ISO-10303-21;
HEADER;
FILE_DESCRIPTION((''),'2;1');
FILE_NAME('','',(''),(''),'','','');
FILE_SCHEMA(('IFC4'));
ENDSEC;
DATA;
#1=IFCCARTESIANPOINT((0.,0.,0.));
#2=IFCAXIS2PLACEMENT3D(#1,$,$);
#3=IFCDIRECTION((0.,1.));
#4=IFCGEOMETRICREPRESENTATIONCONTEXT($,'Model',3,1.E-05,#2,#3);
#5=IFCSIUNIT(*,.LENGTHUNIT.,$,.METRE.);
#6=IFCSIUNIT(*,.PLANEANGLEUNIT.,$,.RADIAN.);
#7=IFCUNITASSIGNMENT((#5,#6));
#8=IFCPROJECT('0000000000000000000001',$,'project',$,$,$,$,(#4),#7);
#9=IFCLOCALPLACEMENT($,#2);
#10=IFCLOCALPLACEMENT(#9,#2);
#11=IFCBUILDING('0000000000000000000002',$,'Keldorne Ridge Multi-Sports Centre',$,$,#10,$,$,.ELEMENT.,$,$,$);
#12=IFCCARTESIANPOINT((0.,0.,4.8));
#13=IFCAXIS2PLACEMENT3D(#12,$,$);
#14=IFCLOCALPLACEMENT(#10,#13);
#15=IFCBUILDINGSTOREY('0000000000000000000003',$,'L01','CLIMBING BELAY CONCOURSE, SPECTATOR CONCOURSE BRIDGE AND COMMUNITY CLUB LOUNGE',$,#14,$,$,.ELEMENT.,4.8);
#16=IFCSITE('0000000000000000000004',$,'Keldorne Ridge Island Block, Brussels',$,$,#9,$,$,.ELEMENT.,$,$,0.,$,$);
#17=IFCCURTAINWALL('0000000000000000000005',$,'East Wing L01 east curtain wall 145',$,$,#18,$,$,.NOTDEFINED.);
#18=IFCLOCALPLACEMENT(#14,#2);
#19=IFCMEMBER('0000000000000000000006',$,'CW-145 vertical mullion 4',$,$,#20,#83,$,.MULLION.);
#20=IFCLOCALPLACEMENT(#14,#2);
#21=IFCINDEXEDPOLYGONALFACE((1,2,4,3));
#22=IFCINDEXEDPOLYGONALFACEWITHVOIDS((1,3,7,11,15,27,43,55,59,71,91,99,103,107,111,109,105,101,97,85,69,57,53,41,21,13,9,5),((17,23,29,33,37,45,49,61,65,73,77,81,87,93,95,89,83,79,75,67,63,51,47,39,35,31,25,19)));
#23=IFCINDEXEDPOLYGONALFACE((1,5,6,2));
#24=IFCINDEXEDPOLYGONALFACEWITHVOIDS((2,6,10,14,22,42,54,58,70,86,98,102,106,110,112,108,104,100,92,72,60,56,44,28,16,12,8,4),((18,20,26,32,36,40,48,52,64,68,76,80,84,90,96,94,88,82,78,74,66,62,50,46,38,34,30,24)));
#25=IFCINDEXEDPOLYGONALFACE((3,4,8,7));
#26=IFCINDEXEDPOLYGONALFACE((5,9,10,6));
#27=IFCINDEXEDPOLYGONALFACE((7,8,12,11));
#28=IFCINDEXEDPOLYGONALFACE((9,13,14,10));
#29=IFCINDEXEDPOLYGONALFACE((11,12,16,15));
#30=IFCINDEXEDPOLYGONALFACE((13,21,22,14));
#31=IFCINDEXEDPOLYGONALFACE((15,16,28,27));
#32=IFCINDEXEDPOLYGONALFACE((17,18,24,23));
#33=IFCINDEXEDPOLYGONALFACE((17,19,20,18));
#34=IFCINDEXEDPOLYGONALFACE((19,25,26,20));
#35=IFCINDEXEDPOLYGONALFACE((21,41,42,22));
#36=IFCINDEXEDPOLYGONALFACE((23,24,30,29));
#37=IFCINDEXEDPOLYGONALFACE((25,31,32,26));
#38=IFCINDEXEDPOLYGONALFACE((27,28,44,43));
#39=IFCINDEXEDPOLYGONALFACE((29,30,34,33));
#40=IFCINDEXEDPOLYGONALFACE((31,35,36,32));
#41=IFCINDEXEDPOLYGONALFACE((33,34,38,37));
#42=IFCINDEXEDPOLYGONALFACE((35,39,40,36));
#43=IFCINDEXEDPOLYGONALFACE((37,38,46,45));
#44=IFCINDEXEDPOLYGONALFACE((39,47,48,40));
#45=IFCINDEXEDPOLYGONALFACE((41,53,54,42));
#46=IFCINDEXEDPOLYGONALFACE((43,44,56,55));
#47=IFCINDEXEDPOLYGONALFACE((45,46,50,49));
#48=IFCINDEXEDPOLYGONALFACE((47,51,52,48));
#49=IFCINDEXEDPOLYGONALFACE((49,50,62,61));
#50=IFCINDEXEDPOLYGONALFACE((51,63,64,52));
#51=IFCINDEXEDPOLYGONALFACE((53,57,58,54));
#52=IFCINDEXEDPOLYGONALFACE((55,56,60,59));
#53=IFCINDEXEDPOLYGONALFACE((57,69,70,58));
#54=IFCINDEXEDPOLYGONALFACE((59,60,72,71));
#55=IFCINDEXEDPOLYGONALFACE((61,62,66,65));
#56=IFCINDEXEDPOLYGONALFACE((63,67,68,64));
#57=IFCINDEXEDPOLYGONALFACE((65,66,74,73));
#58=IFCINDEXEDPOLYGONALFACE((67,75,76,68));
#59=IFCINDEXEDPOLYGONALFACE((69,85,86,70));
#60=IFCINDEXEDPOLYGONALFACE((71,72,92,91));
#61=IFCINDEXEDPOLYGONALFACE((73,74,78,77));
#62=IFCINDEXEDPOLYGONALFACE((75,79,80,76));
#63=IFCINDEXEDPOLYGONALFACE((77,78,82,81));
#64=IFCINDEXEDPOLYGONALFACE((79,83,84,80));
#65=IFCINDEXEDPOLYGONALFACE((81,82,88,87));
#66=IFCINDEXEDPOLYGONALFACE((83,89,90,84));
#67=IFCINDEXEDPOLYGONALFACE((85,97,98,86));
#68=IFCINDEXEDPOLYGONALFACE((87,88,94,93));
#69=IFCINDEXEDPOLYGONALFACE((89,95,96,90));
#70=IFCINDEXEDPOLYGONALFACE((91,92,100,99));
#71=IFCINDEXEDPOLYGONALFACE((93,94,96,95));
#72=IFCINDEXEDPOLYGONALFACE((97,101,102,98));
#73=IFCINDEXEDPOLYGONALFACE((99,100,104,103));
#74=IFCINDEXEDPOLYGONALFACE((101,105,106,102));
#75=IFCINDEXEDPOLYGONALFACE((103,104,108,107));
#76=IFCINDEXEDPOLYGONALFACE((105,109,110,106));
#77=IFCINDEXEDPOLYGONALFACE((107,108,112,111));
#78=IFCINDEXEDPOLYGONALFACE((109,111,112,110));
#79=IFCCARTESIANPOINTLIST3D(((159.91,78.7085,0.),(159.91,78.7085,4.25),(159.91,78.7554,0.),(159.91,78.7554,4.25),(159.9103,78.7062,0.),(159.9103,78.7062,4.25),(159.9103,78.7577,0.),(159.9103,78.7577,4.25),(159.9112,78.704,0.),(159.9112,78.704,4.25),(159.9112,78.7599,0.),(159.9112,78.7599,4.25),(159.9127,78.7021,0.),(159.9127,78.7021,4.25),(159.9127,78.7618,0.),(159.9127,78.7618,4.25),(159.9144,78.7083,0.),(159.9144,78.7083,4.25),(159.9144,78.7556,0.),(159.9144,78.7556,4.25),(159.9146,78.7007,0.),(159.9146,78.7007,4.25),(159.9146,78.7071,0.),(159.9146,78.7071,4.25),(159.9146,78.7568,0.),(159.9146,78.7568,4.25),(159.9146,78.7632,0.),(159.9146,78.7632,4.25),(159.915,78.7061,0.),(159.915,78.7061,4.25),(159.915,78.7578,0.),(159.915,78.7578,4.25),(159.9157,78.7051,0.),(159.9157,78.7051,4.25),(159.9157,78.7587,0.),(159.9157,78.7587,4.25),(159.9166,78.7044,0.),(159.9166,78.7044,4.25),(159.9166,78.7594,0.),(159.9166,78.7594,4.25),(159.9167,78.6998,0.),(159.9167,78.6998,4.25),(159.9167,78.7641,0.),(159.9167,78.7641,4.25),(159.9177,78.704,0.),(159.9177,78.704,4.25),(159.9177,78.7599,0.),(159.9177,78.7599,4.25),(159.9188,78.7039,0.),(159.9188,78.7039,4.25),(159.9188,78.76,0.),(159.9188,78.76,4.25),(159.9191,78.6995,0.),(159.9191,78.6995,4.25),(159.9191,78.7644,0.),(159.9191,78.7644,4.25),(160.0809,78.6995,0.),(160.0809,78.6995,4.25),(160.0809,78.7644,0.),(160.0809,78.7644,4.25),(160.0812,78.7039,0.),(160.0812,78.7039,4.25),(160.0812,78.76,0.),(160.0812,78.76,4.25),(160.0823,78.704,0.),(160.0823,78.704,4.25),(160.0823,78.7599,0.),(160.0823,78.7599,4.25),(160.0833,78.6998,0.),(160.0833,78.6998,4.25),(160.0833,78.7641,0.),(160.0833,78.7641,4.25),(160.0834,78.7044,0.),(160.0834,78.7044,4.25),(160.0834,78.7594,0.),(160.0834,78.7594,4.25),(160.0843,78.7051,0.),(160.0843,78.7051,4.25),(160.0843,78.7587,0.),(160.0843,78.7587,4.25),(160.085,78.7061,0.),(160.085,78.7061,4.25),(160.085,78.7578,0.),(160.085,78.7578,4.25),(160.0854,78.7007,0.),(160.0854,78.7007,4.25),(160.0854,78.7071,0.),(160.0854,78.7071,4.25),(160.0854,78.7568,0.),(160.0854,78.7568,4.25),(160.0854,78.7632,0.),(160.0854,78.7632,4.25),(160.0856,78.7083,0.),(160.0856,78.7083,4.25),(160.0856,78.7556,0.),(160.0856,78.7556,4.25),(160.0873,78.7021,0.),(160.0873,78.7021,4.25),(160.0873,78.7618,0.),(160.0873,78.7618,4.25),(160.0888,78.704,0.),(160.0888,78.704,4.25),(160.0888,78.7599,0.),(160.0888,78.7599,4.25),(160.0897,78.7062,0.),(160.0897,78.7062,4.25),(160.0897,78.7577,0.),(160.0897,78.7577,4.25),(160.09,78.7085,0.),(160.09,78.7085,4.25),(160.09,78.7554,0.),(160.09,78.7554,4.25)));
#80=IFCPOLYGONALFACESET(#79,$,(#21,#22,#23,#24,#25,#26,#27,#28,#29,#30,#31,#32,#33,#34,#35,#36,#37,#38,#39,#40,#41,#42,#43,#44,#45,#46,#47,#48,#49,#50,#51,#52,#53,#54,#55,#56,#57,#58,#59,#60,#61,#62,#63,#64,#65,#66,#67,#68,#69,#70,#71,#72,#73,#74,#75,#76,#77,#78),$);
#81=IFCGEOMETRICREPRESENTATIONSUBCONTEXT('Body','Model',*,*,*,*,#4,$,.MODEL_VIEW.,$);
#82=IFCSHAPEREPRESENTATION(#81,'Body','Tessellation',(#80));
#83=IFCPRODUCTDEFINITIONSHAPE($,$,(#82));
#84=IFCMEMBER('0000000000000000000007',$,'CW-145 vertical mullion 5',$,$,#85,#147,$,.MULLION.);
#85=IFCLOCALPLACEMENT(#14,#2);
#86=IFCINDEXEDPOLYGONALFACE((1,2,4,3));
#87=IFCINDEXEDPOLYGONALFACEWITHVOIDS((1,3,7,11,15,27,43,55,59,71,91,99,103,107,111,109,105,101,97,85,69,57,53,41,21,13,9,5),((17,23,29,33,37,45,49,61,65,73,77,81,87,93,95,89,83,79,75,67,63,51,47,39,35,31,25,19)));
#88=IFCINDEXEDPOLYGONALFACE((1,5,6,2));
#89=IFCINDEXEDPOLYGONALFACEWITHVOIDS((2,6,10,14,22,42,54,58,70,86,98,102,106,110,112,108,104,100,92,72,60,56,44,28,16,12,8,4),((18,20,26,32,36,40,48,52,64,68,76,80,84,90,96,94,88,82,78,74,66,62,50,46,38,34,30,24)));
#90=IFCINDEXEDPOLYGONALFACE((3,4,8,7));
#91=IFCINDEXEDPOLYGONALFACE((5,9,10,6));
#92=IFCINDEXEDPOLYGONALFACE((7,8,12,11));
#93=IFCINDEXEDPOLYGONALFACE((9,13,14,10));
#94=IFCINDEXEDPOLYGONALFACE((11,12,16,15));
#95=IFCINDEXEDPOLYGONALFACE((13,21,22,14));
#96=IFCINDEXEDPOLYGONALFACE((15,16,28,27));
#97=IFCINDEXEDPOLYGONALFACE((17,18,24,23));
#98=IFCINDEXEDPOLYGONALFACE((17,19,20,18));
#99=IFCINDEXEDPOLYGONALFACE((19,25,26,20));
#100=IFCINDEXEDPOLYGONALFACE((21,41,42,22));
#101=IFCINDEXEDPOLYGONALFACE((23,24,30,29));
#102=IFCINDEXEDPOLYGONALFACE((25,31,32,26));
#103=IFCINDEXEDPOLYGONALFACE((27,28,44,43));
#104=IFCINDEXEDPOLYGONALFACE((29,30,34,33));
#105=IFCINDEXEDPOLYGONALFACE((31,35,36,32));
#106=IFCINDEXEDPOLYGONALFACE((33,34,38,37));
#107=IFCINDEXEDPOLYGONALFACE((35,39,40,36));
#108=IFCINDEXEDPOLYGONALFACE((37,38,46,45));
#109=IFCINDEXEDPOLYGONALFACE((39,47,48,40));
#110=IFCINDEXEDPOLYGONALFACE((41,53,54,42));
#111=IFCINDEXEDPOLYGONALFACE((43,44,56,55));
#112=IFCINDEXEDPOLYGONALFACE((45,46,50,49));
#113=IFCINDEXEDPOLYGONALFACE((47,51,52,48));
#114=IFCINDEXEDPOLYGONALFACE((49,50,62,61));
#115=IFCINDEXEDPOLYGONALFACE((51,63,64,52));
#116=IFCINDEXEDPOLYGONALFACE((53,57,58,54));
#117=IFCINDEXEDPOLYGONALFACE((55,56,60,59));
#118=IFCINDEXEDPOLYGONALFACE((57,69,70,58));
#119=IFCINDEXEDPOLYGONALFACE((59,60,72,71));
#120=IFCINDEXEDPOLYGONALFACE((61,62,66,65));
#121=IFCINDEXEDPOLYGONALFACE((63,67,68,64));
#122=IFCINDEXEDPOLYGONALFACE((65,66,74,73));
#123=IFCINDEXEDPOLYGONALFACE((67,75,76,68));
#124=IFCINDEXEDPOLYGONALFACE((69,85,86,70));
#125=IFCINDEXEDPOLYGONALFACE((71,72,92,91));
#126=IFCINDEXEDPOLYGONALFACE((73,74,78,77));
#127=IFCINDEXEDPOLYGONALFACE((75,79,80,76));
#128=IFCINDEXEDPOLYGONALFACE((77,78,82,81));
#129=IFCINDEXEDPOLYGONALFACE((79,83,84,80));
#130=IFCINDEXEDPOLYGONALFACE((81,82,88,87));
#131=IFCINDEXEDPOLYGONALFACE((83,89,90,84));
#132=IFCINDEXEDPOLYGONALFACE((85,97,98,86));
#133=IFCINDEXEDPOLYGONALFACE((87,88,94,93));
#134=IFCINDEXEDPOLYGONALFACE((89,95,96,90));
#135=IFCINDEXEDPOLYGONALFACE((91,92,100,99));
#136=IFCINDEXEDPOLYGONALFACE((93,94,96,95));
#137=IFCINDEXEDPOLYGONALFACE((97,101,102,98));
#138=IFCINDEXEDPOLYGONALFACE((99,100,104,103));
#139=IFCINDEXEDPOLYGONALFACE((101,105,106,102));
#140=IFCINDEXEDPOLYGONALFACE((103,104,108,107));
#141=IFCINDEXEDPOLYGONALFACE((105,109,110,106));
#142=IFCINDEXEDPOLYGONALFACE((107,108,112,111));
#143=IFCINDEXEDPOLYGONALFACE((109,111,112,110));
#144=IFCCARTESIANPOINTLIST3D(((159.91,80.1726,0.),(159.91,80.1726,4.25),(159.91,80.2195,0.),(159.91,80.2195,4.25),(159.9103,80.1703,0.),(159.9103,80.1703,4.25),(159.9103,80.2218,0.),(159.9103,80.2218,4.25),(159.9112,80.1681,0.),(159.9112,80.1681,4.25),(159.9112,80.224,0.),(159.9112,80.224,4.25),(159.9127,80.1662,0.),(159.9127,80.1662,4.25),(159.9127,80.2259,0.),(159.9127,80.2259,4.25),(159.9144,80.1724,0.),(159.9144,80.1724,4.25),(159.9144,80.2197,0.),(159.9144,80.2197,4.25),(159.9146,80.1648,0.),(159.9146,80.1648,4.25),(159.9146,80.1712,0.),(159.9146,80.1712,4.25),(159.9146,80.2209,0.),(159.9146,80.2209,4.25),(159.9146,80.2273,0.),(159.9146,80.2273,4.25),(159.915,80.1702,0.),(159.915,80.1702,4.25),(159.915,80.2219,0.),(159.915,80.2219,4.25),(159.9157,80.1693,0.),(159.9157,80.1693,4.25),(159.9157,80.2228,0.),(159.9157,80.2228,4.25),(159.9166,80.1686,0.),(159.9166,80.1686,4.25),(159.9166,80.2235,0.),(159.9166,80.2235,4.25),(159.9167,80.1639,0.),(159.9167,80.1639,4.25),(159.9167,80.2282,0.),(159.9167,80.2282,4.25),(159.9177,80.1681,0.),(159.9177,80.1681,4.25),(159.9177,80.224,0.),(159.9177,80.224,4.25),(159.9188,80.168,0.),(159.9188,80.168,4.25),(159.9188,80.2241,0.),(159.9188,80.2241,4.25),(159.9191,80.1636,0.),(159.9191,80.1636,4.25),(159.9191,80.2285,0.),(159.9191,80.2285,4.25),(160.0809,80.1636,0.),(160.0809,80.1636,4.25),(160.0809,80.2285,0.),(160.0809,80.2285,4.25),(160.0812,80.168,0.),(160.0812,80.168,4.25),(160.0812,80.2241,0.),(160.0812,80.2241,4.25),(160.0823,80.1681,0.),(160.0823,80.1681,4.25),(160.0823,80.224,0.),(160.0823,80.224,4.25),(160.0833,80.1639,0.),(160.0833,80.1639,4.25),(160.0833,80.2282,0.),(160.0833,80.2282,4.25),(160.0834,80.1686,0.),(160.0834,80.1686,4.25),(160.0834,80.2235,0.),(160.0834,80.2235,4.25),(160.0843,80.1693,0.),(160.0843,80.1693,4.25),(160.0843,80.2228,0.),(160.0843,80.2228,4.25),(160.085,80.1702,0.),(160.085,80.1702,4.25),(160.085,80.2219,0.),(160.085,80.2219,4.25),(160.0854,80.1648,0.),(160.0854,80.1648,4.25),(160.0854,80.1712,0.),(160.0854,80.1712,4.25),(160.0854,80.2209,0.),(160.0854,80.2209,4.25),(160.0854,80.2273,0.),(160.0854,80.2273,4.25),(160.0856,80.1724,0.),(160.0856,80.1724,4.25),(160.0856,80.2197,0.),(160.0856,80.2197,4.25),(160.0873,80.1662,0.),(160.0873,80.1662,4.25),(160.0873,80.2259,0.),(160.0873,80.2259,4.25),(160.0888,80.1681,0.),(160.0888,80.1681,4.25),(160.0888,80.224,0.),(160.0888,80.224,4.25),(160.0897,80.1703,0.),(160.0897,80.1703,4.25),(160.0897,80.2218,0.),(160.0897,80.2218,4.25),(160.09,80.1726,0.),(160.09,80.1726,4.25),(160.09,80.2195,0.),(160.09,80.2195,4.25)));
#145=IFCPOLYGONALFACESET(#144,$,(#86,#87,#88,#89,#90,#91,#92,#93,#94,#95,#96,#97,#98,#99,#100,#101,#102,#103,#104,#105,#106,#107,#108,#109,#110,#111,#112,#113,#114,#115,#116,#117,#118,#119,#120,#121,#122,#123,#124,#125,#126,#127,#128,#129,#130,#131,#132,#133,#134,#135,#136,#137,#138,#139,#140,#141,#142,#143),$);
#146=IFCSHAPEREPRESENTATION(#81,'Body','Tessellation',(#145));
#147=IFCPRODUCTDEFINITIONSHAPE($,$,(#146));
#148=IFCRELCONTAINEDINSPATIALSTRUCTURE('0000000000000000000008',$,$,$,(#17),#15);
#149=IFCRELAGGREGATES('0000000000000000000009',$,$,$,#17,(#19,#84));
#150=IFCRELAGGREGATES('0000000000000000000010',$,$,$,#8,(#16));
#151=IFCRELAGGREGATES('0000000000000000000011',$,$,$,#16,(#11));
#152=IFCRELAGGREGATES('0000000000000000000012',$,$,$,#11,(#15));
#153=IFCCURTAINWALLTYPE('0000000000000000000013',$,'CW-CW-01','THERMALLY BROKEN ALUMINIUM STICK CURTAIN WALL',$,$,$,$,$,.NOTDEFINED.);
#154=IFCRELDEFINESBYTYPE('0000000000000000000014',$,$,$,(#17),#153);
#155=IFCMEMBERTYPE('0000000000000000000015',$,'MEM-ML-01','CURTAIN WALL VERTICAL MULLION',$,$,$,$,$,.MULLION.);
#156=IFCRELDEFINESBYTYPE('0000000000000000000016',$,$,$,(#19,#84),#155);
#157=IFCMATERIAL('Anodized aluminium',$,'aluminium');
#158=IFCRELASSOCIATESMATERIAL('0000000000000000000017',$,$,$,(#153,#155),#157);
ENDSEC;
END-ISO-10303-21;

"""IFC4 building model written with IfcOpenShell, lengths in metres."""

from ifc_helpers import new_model, si_unit, direction, frame, origin, origin_2d, place, context, subcontext, project, spatial, hollow_rectangle, extrude, material, material_profile, profile_set, type_object, element, aggregate, save


model = new_model("IFC4")

# Units and contexts
model_context = context("Model", 3, precision=1e-05, world=origin(), true_north=direction((0.0, 1.0)))
body_context = subcontext(model_context, "Body", "Model", "MODEL_VIEW")
ifc_project = project(units=[si_unit("LENGTHUNIT", "METRE"), si_unit("PLANEANGLEUNIT", "RADIAN")], contexts=[model_context])

# Site, building, storey
site_placement = place(None, origin())
site = spatial("IfcSite", under=ifc_project, at=site_placement, Name="Keldorne Ridge Island Block, Brussels", CompositionType="ELEMENT", RefElevation=0.0)
building_placement = place(site_placement, origin())
building = spatial("IfcBuilding", under=site, at=building_placement, Name="Keldorne Ridge Multi-Sports Centre", CompositionType="ELEMENT")
storey_placement = place(building_placement, frame((0.0, 0.0, 4.8)))
storey = spatial("IfcBuildingStorey", under=building, at=storey_placement, Name="L01", Description="CLIMBING BELAY CONCOURSE, SPECTATOR CONCOURSE BRIDGE AND COMMUNITY CLUB LOUNGE", CompositionType="ELEMENT", Elevation=4.8)

# Curtain wall, members
ifc_material_1 = material(Name="Anodized aluminium", Category="aluminium")
curtain_wall_type = type_object("IfcCurtainWallType", Name="CW-CW-01", Description="THERMALLY BROKEN ALUMINIUM STICK CURTAIN WALL", PredefinedType="NOTDEFINED", material=ifc_material_1)
curtain_wall_placement = place(storey_placement, origin())
curtain_wall = element("IfcCurtainWall", 1, at=curtain_wall_placement, inside=storey, type_object=curtain_wall_type, Name="East Wing L01 east curtain wall 145", PredefinedType="NOTDEFINED")
ifc_material_profile_1 = material_profile(ifc_material_1, hollow_rectangle(XDim=0.0649, YDim=0.1799, WallThickness=0.0044, InnerFilletRadius=0.0044, OuterFilletRadius=0.009, at=origin_2d()), Name="ALU MULLION 180x65x4.5")
ifc_profile_set_1 = profile_set([ifc_material_profile_1], Name="Anodized aluminium")
member_type_1 = type_object("IfcMemberType", Name="MEM-ML-01", Description="CURTAIN WALL VERTICAL MULLION", PredefinedType="MULLION", material=ifc_profile_set_1)
member_1_placement = place(storey_placement, frame((160.0, 78.7319, 0.0), z_axis=(0.0, 0.0, 1.0), x_axis=(0.0, 1.0, 0.0)))
member_1 = element("IfcMember", 2, at=member_1_placement, type_object=member_type_1, Name="CW-145 vertical mullion 4", PredefinedType="MULLION", context=body_context, shape_type="SweptSolid", body=[
    extrude(hollow_rectangle(XDim=0.0649, YDim=0.1799, WallThickness=0.0044, InnerFilletRadius=0.0044, OuterFilletRadius=0.009, at=origin_2d()), origin(), (0.0, 0.0, 1.0), 4.25),
])
member_2_placement = place(storey_placement, frame((160.0, 80.196, 0.0), z_axis=(0.0, 0.0, 1.0), x_axis=(0.0, 1.0, 0.0)))
member_2 = element("IfcMember", 3, at=member_2_placement, type_object=member_type_1, Name="CW-145 vertical mullion 5", PredefinedType="MULLION", context=body_context, shape_type="SweptSolid", body=[
    extrude(hollow_rectangle(XDim=0.0649, YDim=0.1799, WallThickness=0.0044, InnerFilletRadius=0.0044, OuterFilletRadius=0.009, at=origin_2d()), origin(), (0.0, 0.0, 1.0), 4.25),
])
aggregate(curtain_wall, [member_1, member_2])

save(model, "model.ifc")
